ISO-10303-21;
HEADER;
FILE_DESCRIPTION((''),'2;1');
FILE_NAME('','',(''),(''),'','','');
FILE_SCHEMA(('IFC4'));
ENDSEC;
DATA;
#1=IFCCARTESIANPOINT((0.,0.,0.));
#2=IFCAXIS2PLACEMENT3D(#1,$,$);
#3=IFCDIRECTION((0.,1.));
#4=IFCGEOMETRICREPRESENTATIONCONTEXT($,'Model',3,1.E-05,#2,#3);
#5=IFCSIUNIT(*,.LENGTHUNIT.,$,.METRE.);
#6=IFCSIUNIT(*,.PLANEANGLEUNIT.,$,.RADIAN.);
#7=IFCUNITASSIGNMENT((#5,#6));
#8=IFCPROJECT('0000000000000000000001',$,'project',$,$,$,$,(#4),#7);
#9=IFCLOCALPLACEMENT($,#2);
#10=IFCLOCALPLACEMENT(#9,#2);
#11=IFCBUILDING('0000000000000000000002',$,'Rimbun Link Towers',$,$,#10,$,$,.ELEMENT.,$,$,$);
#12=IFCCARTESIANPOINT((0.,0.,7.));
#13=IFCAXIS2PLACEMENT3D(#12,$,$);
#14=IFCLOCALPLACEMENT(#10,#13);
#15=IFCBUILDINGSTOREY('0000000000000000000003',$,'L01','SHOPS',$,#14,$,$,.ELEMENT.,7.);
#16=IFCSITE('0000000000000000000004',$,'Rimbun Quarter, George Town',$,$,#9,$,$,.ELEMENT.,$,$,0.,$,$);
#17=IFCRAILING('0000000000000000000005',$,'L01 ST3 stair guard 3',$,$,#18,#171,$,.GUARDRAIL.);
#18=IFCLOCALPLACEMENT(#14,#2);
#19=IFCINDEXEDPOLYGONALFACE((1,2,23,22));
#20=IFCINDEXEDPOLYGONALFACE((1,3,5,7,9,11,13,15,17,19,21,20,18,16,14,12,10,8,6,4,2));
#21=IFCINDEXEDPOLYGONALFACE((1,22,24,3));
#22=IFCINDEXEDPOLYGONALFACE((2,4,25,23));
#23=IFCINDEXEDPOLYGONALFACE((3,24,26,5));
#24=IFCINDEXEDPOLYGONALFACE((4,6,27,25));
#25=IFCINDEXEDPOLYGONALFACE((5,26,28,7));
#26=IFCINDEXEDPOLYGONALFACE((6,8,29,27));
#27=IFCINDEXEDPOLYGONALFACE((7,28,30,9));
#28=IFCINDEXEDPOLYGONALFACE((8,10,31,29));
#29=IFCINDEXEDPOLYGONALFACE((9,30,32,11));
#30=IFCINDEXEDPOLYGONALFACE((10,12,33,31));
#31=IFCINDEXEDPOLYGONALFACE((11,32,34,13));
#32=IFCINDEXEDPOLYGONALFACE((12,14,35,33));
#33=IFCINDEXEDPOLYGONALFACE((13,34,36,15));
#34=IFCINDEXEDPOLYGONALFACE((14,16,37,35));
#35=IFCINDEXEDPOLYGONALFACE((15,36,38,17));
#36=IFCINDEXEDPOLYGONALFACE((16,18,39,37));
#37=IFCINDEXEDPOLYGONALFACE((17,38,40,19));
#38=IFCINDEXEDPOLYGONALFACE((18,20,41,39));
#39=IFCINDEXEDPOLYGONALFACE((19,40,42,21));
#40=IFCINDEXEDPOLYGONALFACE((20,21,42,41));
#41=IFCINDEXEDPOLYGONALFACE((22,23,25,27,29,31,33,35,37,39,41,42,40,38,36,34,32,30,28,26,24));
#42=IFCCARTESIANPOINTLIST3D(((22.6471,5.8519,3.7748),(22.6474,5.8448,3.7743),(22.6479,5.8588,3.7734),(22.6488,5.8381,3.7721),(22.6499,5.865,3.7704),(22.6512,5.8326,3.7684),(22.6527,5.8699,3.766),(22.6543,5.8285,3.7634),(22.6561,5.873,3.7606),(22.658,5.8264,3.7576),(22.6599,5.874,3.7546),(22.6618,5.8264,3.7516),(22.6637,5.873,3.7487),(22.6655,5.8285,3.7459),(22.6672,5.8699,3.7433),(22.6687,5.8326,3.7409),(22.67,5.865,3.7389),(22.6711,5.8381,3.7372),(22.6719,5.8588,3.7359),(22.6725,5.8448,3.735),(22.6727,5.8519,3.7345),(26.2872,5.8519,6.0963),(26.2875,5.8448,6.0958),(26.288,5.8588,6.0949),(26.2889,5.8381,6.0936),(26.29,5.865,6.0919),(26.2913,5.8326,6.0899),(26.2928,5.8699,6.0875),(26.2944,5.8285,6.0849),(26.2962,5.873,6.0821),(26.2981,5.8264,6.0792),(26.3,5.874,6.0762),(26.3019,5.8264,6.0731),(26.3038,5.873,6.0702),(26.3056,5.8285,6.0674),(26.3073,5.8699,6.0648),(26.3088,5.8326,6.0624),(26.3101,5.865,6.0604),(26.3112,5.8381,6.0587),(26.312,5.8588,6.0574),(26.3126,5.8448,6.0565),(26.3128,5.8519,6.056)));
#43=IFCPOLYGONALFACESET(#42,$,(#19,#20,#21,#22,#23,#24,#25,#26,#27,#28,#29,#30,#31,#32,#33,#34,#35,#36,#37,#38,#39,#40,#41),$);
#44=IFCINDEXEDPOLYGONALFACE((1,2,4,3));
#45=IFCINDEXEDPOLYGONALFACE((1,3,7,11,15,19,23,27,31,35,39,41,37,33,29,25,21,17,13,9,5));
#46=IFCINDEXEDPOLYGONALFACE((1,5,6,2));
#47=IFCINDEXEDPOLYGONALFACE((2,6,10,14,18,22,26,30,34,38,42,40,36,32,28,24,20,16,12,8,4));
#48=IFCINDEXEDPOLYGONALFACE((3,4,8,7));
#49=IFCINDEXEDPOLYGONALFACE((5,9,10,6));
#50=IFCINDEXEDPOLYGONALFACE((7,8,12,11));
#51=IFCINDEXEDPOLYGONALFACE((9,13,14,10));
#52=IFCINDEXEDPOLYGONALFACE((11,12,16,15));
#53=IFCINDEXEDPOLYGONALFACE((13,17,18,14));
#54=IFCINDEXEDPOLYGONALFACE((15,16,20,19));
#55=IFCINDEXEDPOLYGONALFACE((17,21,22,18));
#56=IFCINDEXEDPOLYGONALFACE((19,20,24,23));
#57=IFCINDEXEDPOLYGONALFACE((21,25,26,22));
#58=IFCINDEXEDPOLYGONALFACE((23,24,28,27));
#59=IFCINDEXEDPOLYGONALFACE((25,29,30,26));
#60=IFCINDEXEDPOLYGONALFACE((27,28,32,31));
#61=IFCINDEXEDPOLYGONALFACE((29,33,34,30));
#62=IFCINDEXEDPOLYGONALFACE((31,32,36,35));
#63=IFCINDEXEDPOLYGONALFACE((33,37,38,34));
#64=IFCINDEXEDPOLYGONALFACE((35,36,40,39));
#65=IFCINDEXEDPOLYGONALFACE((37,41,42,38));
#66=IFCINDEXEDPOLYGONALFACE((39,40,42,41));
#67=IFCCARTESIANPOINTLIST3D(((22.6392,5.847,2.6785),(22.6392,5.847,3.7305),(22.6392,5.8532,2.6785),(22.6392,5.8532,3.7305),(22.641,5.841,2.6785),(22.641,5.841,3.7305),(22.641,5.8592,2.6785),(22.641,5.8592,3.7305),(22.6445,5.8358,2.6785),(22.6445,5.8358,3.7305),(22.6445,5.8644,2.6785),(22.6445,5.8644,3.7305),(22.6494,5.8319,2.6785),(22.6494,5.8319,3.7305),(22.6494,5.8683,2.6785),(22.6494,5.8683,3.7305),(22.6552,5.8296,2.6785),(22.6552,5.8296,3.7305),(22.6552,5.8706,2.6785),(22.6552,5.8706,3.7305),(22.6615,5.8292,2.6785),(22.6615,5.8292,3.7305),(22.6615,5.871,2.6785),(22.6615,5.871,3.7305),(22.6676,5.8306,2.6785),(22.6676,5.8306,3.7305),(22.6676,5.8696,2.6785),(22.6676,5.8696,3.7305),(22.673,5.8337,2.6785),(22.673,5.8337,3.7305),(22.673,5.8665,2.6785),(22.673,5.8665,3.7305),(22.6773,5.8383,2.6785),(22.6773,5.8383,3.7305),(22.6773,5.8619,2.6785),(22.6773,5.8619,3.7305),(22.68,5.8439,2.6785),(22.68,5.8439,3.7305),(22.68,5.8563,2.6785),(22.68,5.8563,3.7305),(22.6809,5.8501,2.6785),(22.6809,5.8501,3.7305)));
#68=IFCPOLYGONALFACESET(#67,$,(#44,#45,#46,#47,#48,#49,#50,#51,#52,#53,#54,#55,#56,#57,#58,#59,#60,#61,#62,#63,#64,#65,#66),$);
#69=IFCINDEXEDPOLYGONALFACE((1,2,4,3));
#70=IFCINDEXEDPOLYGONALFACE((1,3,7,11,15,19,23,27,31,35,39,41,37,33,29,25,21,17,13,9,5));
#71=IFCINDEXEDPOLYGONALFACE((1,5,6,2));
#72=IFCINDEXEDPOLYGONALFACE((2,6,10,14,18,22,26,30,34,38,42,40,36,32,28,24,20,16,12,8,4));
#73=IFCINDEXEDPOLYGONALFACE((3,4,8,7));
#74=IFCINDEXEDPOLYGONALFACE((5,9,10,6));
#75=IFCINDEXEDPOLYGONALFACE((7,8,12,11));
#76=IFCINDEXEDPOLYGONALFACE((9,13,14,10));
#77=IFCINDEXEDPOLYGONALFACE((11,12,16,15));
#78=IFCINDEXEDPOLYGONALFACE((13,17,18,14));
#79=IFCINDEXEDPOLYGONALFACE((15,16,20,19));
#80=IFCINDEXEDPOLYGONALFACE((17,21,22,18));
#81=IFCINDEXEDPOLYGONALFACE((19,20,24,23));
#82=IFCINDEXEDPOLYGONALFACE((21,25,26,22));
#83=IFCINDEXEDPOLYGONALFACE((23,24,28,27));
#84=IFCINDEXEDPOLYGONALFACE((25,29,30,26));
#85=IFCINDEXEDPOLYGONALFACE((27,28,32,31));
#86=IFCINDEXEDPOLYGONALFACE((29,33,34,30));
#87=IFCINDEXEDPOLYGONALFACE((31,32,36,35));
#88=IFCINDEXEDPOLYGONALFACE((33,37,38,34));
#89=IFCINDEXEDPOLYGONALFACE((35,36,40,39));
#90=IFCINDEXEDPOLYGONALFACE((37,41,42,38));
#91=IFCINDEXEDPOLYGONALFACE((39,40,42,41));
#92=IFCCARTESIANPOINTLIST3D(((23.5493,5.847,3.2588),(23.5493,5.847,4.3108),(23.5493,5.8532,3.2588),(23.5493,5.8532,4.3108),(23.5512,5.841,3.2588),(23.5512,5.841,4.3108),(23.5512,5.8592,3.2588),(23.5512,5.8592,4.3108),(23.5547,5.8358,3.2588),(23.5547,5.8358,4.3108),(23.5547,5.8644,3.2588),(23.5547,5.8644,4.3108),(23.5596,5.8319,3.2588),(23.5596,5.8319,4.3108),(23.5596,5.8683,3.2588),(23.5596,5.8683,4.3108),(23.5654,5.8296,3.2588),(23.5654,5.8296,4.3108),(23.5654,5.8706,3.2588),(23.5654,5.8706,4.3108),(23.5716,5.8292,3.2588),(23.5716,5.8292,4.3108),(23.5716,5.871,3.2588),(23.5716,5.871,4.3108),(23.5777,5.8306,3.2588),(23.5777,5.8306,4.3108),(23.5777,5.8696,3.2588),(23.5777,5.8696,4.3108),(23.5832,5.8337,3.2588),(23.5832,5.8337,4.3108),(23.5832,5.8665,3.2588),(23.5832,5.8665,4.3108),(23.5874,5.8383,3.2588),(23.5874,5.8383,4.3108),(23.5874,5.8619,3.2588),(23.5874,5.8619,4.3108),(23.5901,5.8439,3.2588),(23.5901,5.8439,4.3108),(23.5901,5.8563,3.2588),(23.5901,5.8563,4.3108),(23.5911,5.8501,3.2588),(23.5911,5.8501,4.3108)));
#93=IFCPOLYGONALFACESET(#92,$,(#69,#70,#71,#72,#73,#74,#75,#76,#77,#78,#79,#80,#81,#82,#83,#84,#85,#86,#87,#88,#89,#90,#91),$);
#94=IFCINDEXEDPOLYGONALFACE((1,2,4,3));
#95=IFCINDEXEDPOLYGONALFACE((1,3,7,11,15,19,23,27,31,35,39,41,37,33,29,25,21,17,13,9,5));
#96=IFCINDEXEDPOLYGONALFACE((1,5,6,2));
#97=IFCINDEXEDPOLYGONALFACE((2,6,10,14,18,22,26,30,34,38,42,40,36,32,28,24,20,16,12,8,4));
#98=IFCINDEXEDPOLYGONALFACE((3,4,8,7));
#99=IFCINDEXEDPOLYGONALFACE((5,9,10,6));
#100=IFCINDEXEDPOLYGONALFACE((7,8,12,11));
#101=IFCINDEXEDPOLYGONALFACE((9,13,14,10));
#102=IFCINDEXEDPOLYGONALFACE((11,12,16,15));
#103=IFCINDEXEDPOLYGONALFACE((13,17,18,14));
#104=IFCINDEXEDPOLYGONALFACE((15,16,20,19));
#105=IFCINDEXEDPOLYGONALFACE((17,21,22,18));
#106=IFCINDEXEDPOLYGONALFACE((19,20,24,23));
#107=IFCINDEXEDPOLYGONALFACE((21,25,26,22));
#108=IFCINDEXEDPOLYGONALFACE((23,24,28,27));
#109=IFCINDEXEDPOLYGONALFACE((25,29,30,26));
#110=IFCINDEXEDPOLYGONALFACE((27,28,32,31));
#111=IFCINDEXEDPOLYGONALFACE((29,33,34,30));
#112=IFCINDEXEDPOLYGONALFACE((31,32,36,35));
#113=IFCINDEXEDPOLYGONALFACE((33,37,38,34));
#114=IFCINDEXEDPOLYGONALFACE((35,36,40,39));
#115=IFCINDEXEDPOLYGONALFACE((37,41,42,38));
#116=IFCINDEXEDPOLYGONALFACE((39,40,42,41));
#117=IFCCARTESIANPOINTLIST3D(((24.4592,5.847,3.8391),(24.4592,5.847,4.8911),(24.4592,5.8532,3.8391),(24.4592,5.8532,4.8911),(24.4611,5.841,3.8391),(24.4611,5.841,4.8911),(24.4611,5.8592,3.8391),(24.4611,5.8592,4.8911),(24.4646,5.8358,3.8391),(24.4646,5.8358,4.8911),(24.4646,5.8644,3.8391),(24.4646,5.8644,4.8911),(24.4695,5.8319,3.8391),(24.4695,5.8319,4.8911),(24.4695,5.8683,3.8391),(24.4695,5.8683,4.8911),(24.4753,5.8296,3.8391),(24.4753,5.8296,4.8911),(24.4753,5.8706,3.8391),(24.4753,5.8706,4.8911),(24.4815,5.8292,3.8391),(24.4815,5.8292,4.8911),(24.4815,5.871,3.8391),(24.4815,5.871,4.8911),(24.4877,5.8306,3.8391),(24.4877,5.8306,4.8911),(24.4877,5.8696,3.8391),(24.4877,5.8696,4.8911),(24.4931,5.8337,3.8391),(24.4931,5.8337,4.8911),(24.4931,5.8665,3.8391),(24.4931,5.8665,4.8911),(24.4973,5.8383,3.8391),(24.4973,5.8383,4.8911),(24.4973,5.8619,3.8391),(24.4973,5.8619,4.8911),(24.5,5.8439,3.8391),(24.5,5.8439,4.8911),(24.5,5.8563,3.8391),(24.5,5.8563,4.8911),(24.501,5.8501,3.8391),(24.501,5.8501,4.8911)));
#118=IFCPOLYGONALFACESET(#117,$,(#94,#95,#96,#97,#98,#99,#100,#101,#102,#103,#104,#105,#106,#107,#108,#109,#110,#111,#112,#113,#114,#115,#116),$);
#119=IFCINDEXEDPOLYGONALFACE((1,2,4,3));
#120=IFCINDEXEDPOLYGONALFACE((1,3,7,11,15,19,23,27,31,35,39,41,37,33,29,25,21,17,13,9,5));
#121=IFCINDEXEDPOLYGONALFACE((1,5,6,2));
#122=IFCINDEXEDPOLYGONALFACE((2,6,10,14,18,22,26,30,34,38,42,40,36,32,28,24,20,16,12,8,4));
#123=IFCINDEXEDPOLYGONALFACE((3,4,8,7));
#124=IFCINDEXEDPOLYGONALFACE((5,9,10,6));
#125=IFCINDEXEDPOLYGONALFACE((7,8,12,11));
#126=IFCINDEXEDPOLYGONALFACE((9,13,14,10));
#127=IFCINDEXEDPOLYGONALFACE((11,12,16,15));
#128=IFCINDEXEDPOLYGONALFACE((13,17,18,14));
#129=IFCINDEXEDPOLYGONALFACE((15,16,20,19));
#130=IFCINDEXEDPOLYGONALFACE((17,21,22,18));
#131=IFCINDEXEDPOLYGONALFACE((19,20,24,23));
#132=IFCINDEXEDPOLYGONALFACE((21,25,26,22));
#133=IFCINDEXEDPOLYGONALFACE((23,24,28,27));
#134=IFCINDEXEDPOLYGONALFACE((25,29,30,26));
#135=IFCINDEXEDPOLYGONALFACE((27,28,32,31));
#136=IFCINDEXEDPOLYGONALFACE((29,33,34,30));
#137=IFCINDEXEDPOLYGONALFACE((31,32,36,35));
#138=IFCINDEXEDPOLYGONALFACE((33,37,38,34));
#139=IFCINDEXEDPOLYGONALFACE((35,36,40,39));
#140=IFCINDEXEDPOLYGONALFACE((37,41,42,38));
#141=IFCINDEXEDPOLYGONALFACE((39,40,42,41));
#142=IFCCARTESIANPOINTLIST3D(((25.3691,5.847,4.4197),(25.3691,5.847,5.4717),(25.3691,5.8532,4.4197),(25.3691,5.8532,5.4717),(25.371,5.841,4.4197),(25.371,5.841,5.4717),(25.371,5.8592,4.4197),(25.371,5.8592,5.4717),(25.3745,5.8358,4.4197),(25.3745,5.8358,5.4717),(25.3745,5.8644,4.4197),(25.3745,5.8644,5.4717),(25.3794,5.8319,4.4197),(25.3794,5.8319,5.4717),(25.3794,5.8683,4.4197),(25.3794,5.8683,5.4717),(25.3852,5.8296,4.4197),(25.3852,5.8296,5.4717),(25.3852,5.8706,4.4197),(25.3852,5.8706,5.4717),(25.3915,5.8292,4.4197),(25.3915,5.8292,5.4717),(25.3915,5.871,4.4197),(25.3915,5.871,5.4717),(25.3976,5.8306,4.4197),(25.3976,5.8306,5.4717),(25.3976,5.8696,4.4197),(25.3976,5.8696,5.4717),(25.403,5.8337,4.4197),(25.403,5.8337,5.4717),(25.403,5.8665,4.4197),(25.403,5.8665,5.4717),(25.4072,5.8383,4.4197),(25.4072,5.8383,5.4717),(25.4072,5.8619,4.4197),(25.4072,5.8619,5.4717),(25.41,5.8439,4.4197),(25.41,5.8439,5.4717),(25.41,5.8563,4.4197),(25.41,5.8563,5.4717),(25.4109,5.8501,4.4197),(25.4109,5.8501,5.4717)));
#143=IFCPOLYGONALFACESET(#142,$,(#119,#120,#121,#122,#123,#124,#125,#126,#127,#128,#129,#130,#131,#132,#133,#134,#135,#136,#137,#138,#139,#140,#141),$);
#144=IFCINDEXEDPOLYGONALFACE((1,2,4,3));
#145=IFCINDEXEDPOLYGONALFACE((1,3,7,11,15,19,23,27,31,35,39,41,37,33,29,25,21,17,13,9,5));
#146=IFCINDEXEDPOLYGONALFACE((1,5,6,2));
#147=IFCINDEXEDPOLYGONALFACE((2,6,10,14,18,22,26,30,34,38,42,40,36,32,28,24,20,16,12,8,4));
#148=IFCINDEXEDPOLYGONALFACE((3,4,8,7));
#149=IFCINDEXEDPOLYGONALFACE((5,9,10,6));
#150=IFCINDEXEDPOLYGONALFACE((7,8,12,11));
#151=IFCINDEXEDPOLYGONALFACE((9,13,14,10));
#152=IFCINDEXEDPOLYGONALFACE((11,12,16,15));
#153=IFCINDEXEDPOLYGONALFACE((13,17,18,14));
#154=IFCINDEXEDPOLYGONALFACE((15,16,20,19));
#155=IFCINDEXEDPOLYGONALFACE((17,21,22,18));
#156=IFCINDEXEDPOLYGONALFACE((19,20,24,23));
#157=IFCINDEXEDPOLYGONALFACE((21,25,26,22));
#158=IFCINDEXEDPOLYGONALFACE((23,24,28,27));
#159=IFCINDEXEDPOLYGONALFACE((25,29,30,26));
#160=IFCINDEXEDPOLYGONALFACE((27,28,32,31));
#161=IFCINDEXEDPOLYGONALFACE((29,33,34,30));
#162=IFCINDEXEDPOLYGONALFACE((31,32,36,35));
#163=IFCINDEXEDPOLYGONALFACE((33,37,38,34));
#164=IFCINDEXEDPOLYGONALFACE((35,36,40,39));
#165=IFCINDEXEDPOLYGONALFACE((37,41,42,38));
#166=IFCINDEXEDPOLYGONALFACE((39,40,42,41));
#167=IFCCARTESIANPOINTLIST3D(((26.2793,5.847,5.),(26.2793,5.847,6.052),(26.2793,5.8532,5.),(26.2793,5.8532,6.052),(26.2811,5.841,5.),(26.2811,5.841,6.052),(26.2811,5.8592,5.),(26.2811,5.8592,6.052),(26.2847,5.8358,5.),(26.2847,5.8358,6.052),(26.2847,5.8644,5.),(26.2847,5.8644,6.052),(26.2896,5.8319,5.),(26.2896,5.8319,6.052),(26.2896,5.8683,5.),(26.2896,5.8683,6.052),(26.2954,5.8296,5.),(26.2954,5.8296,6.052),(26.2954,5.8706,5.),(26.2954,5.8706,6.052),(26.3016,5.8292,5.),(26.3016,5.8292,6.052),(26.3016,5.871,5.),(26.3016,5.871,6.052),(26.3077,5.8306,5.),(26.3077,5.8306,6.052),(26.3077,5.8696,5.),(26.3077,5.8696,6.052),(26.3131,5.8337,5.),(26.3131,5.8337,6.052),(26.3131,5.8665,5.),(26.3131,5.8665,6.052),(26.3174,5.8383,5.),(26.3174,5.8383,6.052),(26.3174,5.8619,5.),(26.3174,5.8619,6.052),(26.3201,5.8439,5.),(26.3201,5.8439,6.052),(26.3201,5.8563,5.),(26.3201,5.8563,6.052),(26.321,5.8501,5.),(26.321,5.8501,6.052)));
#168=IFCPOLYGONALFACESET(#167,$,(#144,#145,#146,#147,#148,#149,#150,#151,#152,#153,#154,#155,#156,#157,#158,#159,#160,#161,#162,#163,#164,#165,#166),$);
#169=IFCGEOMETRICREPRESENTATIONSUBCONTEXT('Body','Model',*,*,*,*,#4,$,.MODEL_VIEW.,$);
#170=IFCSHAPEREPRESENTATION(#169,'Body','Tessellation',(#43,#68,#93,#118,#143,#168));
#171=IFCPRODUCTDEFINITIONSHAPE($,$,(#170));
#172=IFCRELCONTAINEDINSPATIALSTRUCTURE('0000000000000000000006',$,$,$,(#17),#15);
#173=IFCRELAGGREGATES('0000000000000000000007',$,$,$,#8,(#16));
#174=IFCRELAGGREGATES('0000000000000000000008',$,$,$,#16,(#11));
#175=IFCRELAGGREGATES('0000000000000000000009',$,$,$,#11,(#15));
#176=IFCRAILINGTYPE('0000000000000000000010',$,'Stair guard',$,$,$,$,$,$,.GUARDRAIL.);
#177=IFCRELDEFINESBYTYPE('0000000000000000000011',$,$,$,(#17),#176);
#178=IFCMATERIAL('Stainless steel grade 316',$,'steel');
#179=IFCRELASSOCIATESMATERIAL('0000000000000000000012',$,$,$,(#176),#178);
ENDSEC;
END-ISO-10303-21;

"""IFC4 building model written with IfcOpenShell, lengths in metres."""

from ifc_helpers import new_model, si_unit, direction, frame, origin, origin_2d, place, context, subcontext, project, spatial, circle, extrude, material, type_object, element, save


model = new_model("IFC4")

# Units and contexts
model_context = context("Model", 3, precision=1e-05, world=origin(), true_north=direction((0.0, 1.0)))
body_context = subcontext(model_context, "Body", "Model", "MODEL_VIEW")
ifc_project = project(units=[si_unit("LENGTHUNIT", "METRE"), si_unit("PLANEANGLEUNIT", "RADIAN")], contexts=[model_context])

# Site, building, storey
site_placement = place(None, origin())
site = spatial("IfcSite", under=ifc_project, at=site_placement, Name="Rimbun Quarter, George Town", CompositionType="ELEMENT", RefElevation=0.0)
building_placement = place(site_placement, origin())
building = spatial("IfcBuilding", under=site, at=building_placement, Name="Rimbun Link Towers", CompositionType="ELEMENT")
storey_placement = place(building_placement, frame((0.0, 0.0, 7.0)))
storey = spatial("IfcBuildingStorey", under=building, at=storey_placement, Name="L01", Description="SHOPS", CompositionType="ELEMENT", Elevation=7.0)

# Railing
ifc_material_1 = material(Name="Stainless steel grade 316", Category="steel")
railing_type_1 = type_object("IfcRailingType", Name="Stair guard", PredefinedType="GUARDRAIL", material=ifc_material_1)
railing_1_placement = place(storey_placement, frame((22.6599, 5.8501, 2.6785)))
element("IfcRailing", 1, at=railing_1_placement, inside=storey, type_object=railing_type_1, Name="L01 ST3 stair guard 3", PredefinedType="GUARDRAIL", context=body_context, shape_type="SweptSolid", body=[
    extrude(circle(Radius=0.0239, at=origin_2d()), frame((0.0, 0.0, 1.0762), z_axis=(0.843128, 0.0, 0.537713), x_axis=(0.0, 1.0, 0.0)), (0.0, 0.0, 1.0), 4.3174),
    extrude(circle(Radius=0.021, at=origin_2d()), origin(), (0.0, 0.0, 1.0), 1.052),
    extrude(circle(Radius=0.021, at=origin_2d()), frame((0.9102, 0.0, 0.5803)), (0.0, 0.0, 1.0), 1.052),
    extrude(circle(Radius=0.021, at=origin_2d()), frame((1.8201, 0.0, 1.1606)), (0.0, 0.0, 1.0), 1.052),
    extrude(circle(Radius=0.021, at=origin_2d()), frame((2.73, 0.0, 1.7412)), (0.0, 0.0, 1.0), 1.052),
    extrude(circle(Radius=0.021, at=origin_2d()), frame((3.6401, 0.0, 2.3215)), (0.0, 0.0, 1.0), 1.052),
])

save(model, "model.ifc")
